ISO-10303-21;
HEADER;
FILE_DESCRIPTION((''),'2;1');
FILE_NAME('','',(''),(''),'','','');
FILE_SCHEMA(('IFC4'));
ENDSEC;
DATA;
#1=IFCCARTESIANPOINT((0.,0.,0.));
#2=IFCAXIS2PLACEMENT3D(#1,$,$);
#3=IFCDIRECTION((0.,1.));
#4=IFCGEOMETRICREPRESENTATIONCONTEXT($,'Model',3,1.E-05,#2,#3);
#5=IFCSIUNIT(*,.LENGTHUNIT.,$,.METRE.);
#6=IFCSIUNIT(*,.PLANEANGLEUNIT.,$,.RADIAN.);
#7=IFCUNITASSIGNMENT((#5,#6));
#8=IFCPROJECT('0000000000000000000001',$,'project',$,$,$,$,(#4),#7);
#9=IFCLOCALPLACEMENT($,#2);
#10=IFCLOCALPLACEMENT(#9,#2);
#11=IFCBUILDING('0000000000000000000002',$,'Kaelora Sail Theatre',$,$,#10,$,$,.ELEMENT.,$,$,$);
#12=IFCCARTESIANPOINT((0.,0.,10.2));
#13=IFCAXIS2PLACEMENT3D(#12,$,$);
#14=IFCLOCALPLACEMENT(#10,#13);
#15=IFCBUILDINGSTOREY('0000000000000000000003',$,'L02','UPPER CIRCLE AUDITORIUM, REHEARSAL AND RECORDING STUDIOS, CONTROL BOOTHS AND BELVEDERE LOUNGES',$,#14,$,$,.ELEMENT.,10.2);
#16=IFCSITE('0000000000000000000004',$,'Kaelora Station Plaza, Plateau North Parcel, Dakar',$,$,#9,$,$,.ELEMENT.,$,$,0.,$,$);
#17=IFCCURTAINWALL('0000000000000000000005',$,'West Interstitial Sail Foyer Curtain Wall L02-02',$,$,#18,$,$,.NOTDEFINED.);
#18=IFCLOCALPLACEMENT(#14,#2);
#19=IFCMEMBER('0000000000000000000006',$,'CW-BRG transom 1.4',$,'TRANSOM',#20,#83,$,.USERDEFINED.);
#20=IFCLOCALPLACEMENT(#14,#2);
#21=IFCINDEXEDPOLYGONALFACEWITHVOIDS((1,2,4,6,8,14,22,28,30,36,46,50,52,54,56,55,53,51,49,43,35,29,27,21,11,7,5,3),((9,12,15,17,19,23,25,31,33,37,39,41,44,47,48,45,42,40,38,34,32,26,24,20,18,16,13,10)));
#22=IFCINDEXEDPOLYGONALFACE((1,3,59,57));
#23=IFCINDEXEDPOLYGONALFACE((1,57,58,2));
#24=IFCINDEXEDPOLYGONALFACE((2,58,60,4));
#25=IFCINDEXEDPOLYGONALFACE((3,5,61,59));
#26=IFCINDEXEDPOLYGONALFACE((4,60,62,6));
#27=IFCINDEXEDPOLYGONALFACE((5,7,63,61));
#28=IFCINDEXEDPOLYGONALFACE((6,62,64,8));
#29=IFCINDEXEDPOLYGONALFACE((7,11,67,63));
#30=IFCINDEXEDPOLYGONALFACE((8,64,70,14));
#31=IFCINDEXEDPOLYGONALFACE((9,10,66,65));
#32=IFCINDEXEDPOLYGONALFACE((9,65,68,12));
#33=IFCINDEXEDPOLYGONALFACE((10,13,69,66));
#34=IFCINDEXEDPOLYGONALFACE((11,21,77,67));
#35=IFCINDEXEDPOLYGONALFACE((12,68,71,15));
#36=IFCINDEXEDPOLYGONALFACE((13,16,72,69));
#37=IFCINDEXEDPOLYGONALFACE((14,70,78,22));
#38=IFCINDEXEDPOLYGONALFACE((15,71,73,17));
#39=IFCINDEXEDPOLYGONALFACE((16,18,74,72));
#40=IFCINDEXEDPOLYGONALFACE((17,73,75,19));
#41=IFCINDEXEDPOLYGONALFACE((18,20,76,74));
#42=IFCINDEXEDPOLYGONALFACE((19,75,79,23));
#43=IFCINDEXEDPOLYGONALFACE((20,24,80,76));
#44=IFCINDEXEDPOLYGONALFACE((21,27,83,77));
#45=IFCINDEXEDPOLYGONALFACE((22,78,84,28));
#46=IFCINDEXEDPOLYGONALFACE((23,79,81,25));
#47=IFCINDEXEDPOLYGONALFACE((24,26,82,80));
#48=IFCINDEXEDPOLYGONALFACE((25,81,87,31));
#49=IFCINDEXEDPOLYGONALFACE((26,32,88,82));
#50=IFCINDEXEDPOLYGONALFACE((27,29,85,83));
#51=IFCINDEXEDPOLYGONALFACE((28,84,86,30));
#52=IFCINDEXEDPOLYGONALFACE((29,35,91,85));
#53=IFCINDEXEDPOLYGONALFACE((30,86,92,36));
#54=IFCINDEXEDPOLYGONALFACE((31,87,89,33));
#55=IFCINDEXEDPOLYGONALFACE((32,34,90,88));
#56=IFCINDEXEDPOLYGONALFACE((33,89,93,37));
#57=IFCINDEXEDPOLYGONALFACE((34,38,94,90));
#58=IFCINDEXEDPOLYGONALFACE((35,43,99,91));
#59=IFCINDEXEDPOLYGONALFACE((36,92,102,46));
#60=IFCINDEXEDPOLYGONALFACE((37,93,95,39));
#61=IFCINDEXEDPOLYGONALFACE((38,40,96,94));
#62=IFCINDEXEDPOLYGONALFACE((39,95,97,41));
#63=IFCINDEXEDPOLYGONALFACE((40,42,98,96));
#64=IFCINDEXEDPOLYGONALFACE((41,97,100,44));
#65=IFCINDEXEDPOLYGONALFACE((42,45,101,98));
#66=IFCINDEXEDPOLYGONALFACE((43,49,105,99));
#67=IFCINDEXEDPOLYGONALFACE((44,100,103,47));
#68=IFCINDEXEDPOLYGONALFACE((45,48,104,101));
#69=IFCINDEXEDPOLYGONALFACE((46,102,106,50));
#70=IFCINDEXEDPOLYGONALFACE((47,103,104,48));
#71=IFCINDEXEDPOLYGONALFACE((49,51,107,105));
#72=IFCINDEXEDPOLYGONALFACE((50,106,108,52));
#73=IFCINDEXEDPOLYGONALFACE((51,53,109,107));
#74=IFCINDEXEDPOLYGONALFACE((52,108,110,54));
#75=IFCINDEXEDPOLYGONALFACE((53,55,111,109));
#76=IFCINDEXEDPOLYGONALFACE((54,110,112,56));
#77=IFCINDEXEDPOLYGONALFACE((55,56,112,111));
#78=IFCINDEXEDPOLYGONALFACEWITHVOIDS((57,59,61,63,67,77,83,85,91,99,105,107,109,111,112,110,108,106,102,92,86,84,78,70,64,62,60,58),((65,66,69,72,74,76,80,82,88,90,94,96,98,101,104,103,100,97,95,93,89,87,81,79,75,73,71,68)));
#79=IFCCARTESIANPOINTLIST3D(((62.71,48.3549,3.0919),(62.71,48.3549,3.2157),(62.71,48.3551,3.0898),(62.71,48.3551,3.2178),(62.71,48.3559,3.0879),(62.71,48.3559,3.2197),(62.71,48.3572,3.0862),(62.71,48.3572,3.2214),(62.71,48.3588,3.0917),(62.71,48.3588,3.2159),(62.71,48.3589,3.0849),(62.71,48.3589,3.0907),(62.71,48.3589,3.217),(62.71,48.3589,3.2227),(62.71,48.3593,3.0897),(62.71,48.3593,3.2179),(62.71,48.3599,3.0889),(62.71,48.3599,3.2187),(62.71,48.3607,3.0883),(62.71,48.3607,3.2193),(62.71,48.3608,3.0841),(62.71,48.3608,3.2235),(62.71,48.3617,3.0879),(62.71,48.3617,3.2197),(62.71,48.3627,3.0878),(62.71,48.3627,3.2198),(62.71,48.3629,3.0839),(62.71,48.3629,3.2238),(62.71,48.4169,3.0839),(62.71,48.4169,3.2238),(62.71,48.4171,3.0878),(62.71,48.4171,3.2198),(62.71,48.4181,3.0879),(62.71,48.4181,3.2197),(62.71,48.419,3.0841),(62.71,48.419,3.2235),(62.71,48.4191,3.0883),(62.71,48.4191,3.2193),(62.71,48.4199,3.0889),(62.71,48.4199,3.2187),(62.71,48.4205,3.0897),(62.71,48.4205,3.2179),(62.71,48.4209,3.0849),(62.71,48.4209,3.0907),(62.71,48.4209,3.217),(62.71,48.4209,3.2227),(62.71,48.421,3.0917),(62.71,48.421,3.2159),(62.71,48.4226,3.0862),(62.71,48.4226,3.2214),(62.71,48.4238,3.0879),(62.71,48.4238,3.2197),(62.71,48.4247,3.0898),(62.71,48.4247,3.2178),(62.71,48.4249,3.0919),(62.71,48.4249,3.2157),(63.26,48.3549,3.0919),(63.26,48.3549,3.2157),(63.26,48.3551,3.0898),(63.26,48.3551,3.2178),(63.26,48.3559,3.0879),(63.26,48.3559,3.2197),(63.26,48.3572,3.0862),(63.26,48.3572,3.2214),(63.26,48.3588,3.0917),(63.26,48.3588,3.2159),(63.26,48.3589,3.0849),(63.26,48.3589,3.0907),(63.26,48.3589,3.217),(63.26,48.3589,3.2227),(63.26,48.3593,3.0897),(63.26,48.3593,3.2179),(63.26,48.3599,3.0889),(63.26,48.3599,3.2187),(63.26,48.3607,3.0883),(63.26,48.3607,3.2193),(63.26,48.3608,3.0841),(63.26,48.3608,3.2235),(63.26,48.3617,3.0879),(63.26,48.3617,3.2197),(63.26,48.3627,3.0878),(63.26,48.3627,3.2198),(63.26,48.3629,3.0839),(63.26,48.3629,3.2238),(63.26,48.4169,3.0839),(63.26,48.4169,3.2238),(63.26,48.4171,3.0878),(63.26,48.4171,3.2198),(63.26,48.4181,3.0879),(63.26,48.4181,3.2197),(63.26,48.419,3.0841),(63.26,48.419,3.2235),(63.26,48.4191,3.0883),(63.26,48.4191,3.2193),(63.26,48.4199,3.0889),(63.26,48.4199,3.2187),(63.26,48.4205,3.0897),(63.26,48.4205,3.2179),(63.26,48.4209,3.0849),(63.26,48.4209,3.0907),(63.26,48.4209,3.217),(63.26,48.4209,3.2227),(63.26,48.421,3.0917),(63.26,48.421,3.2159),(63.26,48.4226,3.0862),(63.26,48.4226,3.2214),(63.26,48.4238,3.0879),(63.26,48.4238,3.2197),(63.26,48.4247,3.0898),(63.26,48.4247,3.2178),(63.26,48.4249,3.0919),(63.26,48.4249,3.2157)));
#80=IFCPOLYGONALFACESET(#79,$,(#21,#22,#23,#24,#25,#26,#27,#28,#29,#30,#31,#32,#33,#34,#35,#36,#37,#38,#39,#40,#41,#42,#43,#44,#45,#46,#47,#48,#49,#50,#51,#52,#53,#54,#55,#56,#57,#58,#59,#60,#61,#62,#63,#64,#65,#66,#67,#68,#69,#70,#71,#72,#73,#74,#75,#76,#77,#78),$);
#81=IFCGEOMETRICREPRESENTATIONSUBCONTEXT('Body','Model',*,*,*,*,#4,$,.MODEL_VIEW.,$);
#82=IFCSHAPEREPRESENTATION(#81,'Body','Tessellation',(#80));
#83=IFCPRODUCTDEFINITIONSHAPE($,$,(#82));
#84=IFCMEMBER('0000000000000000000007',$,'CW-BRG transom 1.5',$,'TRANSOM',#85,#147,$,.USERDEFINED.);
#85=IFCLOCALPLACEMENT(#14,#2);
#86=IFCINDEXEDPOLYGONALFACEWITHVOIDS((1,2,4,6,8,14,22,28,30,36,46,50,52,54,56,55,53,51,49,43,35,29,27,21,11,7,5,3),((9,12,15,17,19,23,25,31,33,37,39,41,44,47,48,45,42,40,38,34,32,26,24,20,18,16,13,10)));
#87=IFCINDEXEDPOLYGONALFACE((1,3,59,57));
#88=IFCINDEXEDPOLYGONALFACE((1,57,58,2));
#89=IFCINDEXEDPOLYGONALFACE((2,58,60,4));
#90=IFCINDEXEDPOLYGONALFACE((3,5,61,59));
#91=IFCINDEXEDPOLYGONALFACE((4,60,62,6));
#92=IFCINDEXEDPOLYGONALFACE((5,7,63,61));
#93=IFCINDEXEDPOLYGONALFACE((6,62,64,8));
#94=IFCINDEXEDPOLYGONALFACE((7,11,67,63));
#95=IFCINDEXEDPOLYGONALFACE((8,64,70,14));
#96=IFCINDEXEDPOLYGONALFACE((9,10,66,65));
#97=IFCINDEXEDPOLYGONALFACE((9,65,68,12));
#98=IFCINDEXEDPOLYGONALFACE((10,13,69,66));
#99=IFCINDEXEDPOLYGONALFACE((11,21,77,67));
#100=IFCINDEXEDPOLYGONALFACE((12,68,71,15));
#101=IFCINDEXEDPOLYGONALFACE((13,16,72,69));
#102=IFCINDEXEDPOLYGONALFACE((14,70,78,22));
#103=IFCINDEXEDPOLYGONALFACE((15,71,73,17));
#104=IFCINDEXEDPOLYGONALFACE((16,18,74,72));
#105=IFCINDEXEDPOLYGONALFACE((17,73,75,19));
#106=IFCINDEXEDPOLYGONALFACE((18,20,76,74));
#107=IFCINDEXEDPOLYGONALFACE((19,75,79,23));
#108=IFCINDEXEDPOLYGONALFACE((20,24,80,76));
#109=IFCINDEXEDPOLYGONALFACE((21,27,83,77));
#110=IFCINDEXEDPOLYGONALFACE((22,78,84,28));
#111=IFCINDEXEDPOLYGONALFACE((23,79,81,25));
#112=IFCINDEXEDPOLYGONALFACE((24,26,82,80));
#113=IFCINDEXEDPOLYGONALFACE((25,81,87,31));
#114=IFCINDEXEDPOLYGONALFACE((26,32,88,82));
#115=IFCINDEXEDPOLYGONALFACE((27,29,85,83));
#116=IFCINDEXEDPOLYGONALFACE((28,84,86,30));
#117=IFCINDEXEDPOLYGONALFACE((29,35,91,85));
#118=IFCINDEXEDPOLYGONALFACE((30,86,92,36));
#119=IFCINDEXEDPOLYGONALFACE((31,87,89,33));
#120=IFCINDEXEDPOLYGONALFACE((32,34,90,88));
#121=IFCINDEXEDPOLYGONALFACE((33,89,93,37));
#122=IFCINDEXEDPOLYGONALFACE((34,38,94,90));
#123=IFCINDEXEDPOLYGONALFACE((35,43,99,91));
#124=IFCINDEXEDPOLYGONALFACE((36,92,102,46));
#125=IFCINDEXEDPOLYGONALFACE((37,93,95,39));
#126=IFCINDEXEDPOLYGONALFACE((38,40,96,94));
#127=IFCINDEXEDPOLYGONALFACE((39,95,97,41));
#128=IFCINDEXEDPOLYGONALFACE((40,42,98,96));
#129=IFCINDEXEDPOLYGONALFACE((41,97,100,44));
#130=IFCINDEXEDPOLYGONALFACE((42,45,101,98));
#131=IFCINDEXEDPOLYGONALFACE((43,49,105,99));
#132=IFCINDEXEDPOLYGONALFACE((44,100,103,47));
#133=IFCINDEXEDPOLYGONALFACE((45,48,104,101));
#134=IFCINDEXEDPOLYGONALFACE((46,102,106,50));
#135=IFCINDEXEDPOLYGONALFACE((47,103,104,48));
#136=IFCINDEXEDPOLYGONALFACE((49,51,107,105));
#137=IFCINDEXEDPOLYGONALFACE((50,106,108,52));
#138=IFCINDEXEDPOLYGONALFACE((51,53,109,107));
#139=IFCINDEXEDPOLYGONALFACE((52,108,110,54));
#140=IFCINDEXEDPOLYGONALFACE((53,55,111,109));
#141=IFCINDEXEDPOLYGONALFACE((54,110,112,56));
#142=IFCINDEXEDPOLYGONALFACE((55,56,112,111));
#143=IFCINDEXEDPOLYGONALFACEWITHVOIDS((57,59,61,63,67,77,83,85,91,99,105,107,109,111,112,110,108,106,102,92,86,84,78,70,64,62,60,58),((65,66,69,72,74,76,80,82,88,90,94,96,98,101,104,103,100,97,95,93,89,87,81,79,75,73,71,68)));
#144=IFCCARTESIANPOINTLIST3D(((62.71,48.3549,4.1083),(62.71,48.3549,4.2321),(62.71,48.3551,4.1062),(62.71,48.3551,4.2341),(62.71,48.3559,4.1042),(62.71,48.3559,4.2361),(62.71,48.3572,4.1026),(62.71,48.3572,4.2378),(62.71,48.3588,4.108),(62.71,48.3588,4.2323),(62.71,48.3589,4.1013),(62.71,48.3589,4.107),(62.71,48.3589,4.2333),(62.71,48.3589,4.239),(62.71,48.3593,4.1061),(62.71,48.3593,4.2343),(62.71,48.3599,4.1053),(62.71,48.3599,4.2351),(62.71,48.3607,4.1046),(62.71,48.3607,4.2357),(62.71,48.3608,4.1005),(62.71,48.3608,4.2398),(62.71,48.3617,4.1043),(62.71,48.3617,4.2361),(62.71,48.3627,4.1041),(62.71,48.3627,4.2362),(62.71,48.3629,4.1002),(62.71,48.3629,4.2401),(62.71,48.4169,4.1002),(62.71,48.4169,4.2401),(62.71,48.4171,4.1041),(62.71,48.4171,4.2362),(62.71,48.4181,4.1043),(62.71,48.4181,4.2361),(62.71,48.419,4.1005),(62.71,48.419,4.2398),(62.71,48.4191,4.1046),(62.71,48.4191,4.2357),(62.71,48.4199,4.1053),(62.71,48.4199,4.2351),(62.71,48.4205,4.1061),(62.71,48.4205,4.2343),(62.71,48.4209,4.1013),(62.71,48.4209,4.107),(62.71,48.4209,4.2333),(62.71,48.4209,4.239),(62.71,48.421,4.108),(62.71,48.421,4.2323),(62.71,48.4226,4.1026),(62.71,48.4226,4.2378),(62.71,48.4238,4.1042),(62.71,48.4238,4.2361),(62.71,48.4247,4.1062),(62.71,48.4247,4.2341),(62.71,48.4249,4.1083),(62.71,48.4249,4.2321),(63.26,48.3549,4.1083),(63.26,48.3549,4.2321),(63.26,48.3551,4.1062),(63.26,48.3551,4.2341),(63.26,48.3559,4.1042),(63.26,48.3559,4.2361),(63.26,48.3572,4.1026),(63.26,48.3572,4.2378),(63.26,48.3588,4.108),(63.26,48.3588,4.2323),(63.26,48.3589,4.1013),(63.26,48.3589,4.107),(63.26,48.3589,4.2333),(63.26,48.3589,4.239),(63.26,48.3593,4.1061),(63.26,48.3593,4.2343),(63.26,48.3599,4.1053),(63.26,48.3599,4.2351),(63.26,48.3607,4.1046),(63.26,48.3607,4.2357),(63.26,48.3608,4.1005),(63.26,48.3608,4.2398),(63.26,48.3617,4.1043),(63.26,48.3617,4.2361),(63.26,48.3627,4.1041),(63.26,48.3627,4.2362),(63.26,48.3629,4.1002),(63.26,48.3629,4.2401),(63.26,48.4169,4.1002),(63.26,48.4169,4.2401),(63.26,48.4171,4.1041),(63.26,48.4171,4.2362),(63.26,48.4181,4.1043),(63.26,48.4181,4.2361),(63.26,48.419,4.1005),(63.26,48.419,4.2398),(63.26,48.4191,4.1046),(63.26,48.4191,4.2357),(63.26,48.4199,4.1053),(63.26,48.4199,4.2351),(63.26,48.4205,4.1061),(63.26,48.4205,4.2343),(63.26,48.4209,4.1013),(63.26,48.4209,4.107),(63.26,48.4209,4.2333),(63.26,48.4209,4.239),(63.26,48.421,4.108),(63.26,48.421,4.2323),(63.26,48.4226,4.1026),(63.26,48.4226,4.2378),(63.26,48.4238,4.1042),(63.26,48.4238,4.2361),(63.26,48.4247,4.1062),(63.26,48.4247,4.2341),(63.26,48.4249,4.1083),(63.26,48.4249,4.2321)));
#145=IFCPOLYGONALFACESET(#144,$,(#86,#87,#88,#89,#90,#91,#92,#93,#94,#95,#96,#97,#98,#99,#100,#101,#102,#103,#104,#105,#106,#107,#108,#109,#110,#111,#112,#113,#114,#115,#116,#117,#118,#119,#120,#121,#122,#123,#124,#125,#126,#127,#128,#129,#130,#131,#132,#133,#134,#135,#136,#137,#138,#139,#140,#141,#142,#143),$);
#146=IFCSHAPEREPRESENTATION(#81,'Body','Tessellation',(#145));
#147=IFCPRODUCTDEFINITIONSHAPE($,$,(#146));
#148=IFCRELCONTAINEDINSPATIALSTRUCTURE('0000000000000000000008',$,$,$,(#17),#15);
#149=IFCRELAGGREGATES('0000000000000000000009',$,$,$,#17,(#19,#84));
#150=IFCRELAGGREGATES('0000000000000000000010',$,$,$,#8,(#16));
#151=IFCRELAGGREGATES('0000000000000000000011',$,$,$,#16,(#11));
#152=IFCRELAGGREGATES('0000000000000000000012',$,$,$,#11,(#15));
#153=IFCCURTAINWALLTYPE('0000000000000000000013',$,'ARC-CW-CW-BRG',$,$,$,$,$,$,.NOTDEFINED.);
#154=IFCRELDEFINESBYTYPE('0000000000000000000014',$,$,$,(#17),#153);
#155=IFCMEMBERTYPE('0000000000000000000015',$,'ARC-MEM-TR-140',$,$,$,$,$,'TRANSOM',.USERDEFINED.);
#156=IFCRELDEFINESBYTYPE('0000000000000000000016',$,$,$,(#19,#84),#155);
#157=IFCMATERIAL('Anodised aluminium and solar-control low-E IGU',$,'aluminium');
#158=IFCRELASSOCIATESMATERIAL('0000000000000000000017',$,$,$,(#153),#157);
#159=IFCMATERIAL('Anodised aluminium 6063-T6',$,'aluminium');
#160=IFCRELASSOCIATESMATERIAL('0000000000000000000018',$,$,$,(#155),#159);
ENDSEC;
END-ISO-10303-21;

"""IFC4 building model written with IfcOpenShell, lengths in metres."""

from ifc_helpers import new_model, si_unit, direction, frame, origin, origin_2d, place, context, subcontext, project, spatial, hollow_rectangle, extrude, material, material_profile, profile_set, type_object, element, aggregate, save


model = new_model("IFC4")

# Units and contexts
model_context = context("Model", 3, precision=1e-05, world=origin(), true_north=direction((0.0, 1.0)))
body_context = subcontext(model_context, "Body", "Model", "MODEL_VIEW")
ifc_project = project(units=[si_unit("LENGTHUNIT", "METRE"), si_unit("PLANEANGLEUNIT", "RADIAN")], contexts=[model_context])

# Site, building, storey
site_placement = place(None, origin())
site = spatial("IfcSite", under=ifc_project, at=site_placement, Name="Kaelora Station Plaza, Plateau North Parcel, Dakar", CompositionType="ELEMENT", RefElevation=0.0)
building_placement = place(site_placement, origin())
building = spatial("IfcBuilding", under=site, at=building_placement, Name="Kaelora Sail Theatre", CompositionType="ELEMENT")
storey_placement = place(building_placement, frame((0.0, 0.0, 10.2)))
storey = spatial("IfcBuildingStorey", under=building, at=storey_placement, Name="L02", Description="UPPER CIRCLE AUDITORIUM, REHEARSAL AND RECORDING STUDIOS, CONTROL BOOTHS AND BELVEDERE LOUNGES", CompositionType="ELEMENT", Elevation=10.2)

# Shared definitions
ifc_material_1 = material(Name="Anodised aluminium and solar-control low-E IGU", Category="aluminium")
curtain_wall_type = type_object("IfcCurtainWallType", Name="ARC-CW-CW-BRG", PredefinedType="NOTDEFINED", material=ifc_material_1)

# Curtain wall, members
curtain_wall_1_placement = place(storey_placement, origin())
curtain_wall_1 = element("IfcCurtainWall", 1, at=curtain_wall_1_placement, inside=storey, type_object=curtain_wall_type, Name="West Interstitial Sail Foyer Curtain Wall L02-02", PredefinedType="NOTDEFINED")
ifc_material_2 = material(Name="Anodised aluminium 6063-T6", Category="aluminium")
ifc_material_profile_1 = material_profile(ifc_material_2, hollow_rectangle(XDim=0.0701, YDim=0.1399, WallThickness=0.0039, InnerFilletRadius=0.0039, OuterFilletRadius=0.0081, at=origin_2d()), Name="ALU-TRAN 70x140x4")
ifc_profile_set_1 = profile_set([ifc_material_profile_1], Name="Anodised aluminium 6063-T6")
member_type_1 = type_object("IfcMemberType", Name="ARC-MEM-TR-140", ElementType="TRANSOM", PredefinedType="USERDEFINED", material=ifc_profile_set_1)
member_1_placement = place(storey_placement, frame((62.71, 48.3899, 3.1538), z_axis=(1.0, 0.0, 0.0), x_axis=(0.0, 1.0, 0.0)))
member_1 = element("IfcMember", 2, at=member_1_placement, type_object=member_type_1, Name="CW-BRG transom 1.4", ObjectType="TRANSOM", PredefinedType="USERDEFINED", context=body_context, shape_type="SweptSolid", body=[
    extrude(hollow_rectangle(XDim=0.0701, YDim=0.1399, WallThickness=0.0039, InnerFilletRadius=0.0039, OuterFilletRadius=0.0081, at=origin_2d()), origin(), (0.0, 0.0, 1.0), 0.55),
])
member_2_placement = place(storey_placement, frame((62.71, 48.3899, 4.1702), z_axis=(1.0, 0.0, 0.0), x_axis=(0.0, 1.0, 0.0)))
member_2 = element("IfcMember", 3, at=member_2_placement, type_object=member_type_1, Name="CW-BRG transom 1.5", ObjectType="TRANSOM", PredefinedType="USERDEFINED", context=body_context, shape_type="SweptSolid", body=[
    extrude(hollow_rectangle(XDim=0.0701, YDim=0.1399, WallThickness=0.0039, InnerFilletRadius=0.0039, OuterFilletRadius=0.0081, at=origin_2d()), origin(), (0.0, 0.0, 1.0), 0.55),
])

aggregate(curtain_wall_1, [member_1, member_2])

save(model, "model.ifc")
